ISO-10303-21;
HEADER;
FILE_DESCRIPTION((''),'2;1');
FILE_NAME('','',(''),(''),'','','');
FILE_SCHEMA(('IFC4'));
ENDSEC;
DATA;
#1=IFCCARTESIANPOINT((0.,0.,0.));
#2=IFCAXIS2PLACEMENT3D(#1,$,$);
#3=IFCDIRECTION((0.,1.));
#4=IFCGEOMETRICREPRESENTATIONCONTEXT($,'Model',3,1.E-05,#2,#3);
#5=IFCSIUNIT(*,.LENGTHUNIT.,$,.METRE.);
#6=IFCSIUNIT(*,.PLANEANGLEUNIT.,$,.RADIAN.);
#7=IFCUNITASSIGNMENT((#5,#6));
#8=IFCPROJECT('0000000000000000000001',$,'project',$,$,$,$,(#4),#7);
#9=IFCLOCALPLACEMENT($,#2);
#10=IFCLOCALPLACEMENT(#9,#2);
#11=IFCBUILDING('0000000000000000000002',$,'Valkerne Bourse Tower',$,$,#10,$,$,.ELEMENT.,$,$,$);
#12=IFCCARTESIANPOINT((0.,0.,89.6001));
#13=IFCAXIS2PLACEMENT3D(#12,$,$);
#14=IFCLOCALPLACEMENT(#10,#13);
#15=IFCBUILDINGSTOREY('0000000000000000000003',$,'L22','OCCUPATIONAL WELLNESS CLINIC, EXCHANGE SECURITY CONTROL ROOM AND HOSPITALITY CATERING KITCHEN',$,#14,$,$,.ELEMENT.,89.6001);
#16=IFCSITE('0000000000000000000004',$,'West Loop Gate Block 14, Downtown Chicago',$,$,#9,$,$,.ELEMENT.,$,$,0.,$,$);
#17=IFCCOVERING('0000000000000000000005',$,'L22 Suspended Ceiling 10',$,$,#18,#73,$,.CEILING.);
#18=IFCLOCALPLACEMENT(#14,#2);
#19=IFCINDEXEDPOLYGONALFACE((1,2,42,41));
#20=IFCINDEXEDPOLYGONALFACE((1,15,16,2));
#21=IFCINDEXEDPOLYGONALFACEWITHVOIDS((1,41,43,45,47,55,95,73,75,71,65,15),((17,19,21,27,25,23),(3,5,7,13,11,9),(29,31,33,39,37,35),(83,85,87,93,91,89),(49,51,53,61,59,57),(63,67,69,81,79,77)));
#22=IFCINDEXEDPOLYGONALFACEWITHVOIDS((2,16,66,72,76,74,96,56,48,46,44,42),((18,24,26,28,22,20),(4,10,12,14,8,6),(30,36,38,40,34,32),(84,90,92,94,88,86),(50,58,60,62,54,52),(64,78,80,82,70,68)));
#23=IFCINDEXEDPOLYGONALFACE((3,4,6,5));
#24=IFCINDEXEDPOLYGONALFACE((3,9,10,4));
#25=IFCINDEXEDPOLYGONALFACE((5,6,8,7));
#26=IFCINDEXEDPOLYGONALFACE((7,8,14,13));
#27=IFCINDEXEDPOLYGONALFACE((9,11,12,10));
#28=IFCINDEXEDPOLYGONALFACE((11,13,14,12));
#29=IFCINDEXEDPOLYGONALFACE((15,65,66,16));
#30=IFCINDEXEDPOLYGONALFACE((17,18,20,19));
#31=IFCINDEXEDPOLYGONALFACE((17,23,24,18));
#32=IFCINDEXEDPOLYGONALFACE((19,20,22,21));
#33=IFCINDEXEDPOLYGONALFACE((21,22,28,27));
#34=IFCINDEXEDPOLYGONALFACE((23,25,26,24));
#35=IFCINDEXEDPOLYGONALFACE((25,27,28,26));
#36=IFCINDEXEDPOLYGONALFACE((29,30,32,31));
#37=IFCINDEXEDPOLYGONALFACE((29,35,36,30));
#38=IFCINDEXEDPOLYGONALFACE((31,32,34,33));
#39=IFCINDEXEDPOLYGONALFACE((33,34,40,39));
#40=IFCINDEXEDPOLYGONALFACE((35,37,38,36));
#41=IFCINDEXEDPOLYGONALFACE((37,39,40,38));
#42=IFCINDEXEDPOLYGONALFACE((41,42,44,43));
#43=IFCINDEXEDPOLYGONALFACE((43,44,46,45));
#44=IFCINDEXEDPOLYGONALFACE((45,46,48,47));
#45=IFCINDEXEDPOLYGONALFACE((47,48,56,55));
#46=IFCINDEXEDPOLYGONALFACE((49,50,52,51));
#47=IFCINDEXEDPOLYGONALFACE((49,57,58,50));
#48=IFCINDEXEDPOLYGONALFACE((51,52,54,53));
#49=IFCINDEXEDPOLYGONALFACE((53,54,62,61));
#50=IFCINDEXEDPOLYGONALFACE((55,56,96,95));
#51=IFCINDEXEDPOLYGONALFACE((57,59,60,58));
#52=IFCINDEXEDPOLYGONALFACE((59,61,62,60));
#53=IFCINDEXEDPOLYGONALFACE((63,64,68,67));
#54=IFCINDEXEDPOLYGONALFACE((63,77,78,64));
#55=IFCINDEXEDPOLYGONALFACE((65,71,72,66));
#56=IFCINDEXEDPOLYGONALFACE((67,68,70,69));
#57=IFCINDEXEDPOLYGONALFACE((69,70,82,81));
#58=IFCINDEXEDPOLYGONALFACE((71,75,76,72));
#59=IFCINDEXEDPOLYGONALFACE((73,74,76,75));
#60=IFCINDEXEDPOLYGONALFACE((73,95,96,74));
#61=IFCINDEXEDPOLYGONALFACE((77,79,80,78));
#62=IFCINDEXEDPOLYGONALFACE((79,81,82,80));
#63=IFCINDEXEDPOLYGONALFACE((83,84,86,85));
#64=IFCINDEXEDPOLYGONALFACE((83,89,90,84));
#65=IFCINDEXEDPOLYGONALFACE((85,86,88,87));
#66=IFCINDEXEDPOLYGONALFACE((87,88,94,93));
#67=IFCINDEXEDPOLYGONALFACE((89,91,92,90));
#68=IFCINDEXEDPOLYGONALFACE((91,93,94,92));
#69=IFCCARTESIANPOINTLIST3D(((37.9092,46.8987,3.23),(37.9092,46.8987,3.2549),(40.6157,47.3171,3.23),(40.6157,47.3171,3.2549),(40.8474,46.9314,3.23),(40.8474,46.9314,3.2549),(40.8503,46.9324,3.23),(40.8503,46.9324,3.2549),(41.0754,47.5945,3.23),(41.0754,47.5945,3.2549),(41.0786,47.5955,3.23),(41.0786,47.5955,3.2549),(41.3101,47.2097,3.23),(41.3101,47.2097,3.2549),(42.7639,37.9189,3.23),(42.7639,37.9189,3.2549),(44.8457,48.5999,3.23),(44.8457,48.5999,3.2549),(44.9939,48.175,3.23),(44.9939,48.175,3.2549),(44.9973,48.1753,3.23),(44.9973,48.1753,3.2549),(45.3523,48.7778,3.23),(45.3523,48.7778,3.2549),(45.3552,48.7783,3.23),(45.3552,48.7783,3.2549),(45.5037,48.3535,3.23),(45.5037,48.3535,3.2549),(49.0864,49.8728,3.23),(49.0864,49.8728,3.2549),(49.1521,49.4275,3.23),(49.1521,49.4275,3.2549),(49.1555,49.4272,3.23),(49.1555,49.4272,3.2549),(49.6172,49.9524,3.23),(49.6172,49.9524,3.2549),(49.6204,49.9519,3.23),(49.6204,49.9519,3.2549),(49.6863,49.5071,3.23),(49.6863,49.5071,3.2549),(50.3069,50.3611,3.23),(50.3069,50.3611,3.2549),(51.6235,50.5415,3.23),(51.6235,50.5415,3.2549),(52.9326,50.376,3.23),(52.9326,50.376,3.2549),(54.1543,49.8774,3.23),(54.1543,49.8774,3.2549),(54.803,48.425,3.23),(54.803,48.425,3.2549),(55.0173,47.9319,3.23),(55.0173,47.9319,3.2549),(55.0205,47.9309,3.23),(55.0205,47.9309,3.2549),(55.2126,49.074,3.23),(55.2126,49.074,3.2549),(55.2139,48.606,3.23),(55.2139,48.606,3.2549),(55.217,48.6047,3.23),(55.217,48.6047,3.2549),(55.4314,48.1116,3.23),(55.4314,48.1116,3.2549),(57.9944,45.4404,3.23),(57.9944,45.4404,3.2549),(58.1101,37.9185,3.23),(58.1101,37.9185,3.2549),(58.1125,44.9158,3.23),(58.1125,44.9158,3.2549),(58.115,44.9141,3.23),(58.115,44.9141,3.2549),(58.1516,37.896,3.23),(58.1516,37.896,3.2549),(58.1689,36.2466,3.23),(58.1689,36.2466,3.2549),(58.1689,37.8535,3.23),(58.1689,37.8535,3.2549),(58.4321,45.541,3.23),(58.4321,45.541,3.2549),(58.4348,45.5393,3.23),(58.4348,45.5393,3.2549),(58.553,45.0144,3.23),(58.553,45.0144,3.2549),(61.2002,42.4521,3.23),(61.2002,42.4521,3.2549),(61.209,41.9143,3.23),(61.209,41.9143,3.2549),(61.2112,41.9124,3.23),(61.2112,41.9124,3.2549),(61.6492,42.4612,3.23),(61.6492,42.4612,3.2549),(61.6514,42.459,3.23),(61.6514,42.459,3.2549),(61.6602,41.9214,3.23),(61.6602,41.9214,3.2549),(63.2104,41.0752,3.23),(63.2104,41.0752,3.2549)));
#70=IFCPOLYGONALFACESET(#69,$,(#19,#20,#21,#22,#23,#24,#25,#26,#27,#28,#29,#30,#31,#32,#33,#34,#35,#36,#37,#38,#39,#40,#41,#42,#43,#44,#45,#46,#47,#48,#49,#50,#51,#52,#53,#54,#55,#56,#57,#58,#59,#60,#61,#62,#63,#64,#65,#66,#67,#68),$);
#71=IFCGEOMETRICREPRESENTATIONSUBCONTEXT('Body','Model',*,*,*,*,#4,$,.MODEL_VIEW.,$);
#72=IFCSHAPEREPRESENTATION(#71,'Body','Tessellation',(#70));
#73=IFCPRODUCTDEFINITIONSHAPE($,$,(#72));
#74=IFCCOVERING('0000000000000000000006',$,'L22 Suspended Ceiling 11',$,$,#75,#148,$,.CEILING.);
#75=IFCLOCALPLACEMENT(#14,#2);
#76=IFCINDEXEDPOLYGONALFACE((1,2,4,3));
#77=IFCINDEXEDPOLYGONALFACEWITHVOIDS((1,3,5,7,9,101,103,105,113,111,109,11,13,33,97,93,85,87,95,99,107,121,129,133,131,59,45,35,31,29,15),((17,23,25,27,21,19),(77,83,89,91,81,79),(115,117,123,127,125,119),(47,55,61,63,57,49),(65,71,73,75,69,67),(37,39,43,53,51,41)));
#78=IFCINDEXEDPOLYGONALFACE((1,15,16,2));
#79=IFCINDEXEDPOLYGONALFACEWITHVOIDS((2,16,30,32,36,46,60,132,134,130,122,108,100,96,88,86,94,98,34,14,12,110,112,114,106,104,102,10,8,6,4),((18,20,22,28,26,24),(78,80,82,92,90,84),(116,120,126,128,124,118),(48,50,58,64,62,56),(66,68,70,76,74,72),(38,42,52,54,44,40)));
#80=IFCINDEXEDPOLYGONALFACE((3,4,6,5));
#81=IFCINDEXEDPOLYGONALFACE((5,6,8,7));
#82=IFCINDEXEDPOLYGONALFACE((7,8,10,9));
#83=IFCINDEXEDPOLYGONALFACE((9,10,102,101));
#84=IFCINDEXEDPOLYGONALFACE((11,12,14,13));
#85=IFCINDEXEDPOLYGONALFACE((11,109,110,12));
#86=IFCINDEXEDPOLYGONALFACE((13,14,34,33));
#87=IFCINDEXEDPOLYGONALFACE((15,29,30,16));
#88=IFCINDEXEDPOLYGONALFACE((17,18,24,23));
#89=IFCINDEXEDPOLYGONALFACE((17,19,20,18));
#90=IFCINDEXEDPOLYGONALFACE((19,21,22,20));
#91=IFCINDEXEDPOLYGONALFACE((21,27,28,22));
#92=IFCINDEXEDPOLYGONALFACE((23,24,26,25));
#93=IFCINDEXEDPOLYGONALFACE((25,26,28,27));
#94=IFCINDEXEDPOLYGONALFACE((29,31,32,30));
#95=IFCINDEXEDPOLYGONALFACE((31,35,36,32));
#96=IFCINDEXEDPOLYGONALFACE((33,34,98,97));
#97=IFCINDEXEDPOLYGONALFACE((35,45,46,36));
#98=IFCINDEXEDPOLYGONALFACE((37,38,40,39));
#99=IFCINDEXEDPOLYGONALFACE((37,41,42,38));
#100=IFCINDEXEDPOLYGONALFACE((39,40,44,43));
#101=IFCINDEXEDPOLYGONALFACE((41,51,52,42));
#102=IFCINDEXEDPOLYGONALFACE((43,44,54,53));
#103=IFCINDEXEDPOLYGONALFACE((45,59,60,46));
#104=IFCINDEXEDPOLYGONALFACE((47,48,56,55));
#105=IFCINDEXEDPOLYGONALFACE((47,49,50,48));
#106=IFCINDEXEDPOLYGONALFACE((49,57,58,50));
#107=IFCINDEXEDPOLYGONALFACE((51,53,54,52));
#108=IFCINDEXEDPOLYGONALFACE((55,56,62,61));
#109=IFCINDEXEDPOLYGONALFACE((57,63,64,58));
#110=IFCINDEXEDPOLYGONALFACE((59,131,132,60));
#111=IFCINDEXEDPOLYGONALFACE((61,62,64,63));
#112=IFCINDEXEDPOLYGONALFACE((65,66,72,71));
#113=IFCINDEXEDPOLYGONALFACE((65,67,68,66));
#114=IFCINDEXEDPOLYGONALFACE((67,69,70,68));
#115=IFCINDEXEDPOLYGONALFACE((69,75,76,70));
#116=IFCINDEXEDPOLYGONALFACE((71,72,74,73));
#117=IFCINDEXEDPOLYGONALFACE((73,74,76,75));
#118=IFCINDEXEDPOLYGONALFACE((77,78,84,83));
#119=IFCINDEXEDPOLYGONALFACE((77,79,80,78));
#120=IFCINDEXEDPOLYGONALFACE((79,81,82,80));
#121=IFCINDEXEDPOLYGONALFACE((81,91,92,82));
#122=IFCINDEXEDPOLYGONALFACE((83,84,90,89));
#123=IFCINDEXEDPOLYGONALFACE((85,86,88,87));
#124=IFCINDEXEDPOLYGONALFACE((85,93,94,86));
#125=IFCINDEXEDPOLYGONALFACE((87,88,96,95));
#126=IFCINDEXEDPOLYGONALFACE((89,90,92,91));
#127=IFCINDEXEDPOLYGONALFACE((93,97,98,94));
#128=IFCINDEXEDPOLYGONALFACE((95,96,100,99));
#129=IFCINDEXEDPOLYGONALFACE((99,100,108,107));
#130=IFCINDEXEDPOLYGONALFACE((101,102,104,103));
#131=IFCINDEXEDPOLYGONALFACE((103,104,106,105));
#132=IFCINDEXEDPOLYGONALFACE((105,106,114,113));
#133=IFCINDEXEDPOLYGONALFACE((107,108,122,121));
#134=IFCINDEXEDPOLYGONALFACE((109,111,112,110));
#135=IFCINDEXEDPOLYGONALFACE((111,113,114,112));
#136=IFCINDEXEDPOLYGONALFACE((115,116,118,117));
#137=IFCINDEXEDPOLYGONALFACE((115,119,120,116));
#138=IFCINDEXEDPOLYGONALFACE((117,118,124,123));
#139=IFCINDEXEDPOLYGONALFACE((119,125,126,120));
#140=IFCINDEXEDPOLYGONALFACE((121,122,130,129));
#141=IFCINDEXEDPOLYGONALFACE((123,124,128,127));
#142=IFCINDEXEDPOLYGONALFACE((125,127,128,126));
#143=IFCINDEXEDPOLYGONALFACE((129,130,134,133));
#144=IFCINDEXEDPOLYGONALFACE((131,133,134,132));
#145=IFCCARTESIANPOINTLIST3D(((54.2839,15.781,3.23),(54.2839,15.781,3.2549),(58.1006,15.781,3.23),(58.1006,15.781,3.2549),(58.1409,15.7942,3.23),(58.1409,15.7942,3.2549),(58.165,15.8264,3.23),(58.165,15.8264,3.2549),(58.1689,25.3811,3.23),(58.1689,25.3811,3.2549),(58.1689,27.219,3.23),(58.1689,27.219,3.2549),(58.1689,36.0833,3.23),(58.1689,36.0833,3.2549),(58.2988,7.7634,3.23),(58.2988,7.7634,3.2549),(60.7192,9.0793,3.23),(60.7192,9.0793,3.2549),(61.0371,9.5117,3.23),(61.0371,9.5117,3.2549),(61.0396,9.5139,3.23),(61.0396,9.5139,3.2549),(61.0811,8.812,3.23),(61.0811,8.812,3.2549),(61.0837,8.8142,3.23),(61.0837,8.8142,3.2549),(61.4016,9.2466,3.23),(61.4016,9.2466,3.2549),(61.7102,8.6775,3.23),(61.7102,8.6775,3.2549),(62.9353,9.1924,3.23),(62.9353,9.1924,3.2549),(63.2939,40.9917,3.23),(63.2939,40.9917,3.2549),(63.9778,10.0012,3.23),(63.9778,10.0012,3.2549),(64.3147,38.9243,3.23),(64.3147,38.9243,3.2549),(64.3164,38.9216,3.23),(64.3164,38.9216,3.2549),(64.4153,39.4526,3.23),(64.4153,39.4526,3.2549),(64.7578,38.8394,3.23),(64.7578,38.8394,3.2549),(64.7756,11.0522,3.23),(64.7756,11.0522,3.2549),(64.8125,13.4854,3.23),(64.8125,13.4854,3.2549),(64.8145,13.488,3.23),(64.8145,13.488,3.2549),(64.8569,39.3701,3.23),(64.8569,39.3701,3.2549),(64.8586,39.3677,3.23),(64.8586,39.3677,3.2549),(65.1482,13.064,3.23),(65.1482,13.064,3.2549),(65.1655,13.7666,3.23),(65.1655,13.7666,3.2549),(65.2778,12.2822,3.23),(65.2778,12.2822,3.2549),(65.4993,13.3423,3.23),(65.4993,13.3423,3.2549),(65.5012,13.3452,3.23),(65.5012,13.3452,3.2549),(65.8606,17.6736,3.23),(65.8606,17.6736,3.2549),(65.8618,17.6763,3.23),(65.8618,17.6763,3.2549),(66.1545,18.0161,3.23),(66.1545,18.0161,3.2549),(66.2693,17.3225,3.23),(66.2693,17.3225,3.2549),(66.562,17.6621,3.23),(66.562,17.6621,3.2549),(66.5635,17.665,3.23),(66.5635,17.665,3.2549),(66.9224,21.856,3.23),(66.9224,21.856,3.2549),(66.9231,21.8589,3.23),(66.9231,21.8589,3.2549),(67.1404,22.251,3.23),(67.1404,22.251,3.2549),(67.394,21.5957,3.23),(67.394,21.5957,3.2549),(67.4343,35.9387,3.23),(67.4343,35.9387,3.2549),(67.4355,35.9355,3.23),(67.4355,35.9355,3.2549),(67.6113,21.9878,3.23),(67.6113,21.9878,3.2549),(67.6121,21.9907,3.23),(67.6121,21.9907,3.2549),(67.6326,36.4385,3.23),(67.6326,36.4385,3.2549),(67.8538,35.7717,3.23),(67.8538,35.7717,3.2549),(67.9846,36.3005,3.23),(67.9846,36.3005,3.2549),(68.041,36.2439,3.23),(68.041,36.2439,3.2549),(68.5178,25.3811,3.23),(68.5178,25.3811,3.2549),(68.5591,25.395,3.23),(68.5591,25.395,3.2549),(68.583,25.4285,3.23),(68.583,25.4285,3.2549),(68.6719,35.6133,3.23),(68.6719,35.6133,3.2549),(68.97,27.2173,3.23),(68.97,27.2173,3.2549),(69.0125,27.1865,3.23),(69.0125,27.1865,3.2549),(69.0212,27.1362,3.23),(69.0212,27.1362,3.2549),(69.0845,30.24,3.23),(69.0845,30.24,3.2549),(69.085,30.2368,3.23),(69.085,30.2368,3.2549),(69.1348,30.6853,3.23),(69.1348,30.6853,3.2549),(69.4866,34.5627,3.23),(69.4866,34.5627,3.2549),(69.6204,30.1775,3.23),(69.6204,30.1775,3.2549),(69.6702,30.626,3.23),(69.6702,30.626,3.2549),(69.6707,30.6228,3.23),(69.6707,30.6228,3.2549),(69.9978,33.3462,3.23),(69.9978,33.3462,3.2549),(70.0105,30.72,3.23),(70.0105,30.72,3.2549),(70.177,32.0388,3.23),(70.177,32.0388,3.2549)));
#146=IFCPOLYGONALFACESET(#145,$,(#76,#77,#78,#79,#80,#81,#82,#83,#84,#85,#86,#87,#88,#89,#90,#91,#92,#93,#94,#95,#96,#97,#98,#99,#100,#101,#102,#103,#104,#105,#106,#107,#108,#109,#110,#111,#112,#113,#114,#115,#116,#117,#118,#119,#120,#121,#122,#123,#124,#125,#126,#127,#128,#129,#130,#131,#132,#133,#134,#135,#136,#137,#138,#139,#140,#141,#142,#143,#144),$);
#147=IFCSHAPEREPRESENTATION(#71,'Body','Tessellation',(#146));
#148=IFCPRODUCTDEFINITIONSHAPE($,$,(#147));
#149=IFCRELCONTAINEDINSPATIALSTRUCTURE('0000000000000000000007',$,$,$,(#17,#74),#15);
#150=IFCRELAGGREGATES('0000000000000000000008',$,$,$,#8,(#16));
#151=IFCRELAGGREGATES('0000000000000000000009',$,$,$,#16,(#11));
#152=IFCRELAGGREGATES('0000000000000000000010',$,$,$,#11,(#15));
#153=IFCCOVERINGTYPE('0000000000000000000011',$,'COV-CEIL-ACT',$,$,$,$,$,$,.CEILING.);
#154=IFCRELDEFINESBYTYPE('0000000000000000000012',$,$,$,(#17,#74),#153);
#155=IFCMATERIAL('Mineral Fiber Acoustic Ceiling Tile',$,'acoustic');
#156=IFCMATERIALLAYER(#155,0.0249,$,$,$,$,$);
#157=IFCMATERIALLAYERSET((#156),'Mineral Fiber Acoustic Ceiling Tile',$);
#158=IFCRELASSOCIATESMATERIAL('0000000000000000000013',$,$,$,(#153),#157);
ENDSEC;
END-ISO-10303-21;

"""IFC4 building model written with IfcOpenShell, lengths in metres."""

from ifc_helpers import new_model, si_unit, direction, frame, origin, place, context, subcontext, project, spatial, polyline, outline, extrude, material, layer, layer_set, type_object, element, save


model = new_model("IFC4")

# Units and contexts
model_context = context("Model", 3, precision=1e-05, world=origin(), true_north=direction((0.0, 1.0)))
body_context = subcontext(model_context, "Body", "Model", "MODEL_VIEW")
ifc_project = project(units=[si_unit("LENGTHUNIT", "METRE"), si_unit("PLANEANGLEUNIT", "RADIAN")], contexts=[model_context])

# Site, building, storey
site_placement = place(None, origin())
site = spatial("IfcSite", under=ifc_project, at=site_placement, Name="West Loop Gate Block 14, Downtown Chicago", CompositionType="ELEMENT", RefElevation=0.0)
building_placement = place(site_placement, origin())
building = spatial("IfcBuilding", under=site, at=building_placement, Name="Valkerne Bourse Tower", CompositionType="ELEMENT")
storey_placement = place(building_placement, frame((0.0, 0.0, 89.6001)))
storey = spatial("IfcBuildingStorey", under=building, at=storey_placement, Name="L22", Description="OCCUPATIONAL WELLNESS CLINIC, EXCHANGE SECURITY CONTROL ROOM AND HOSPITALITY CATERING KITCHEN", CompositionType="ELEMENT", Elevation=89.6001)

# Coverings
ifc_material_1 = material(Name="Mineral Fiber Acoustic Ceiling Tile", Category="acoustic")
ifc_layer_1 = layer(ifc_material_1, 0.0249)
ifc_layer_set_1 = layer_set([ifc_layer_1], Name="Mineral Fiber Acoustic Ceiling Tile")
covering_type_1 = type_object("IfcCoveringType", Name="COV-CEIL-ACT", PredefinedType="CEILING", material=ifc_layer_set_1)
covering_1_placement = place(storey_placement, frame((0.0, 0.0, 3.23)))
element("IfcCovering", 1, at=covering_1_placement, inside=storey, type_object=covering_type_1, Name="L22 Suspended Ceiling 10", PredefinedType="CEILING", context=body_context, shape_type="SweptSolid", body=[
    extrude(outline(polyline([(52.9326, 50.376), (54.1543, 49.8774), (55.2126, 49.074), (63.2104, 41.0752), (58.1689, 36.2466), (58.1689, 37.8535), (58.1516, 37.896), (58.1101, 37.9185), (42.7639, 37.9189), (37.9092, 46.8987), (50.3069, 50.3611), (51.6235, 50.5415), (52.9326, 50.376)]), holes=[polyline([(41.3101, 47.2097), (41.0786, 47.5955), (41.0754, 47.5945), (40.6157, 47.3171), (40.8474, 46.9314), (40.8503, 46.9324), (41.3101, 47.2097)]), polyline([(45.5037, 48.3535), (45.3552, 48.7783), (45.3523, 48.7778), (44.8457, 48.5999), (44.9939, 48.175), (44.9973, 48.1753), (45.5037, 48.3535)]), polyline([(49.6204, 49.9519), (49.6172, 49.9524), (49.0864, 49.8728), (49.1521, 49.4275), (49.1555, 49.4272), (49.6863, 49.5071), (49.6204, 49.9519)]), polyline([(61.6602, 41.9214), (61.6514, 42.459), (61.6492, 42.4612), (61.2002, 42.4521), (61.209, 41.9143), (61.2112, 41.9124), (61.6602, 41.9214)]), polyline([(58.4348, 45.5393), (58.4321, 45.541), (57.9944, 45.4404), (58.1125, 44.9158), (58.115, 44.9141), (58.553, 45.0144), (58.4348, 45.5393)]), polyline([(55.4314, 48.1116), (55.217, 48.6047), (55.2139, 48.606), (54.803, 48.425), (55.0173, 47.9319), (55.0205, 47.9309), (55.4314, 48.1116)])]), origin(), (0.0, 0.0, 1.0), 0.0249),
])
covering_2_placement = place(storey_placement, frame((0.0, 0.0, 3.23)))
element("IfcCovering", 2, at=covering_2_placement, inside=storey, type_object=covering_type_1, Name="L22 Suspended Ceiling 11", PredefinedType="CEILING", context=body_context, shape_type="SweptSolid", body=[
    extrude(outline(polyline([(62.9353, 9.1924), (61.7102, 8.6775), (58.2988, 7.7634), (54.2839, 15.781), (58.1006, 15.781), (58.1409, 15.7942), (58.165, 15.8264), (58.1689, 25.3811), (68.5178, 25.3811), (68.5591, 25.395), (68.583, 25.4285), (69.0212, 27.1362), (69.0125, 27.1865), (68.97, 27.2173), (58.1689, 27.219), (58.1689, 36.0833), (63.2939, 40.9917), (67.9846, 36.3005), (67.6326, 36.4385), (67.4343, 35.9387), (67.4355, 35.9355), (67.8538, 35.7717), (68.041, 36.2439), (68.6719, 35.6133), (69.4866, 34.5627), (69.9978, 33.3462), (70.177, 32.0388), (70.0105, 30.72), (65.2778, 12.2822), (64.7756, 11.0522), (63.9778, 10.0012), (62.9353, 9.1924)]), holes=[polyline([(61.0837, 8.8142), (61.4016, 9.2466), (61.0396, 9.5139), (61.0371, 9.5117), (60.7192, 9.0793), (61.0811, 8.812), (61.0837, 8.8142)]), polyline([(65.5012, 13.3452), (65.1655, 13.7666), (64.8145, 13.488), (64.8125, 13.4854), (65.1482, 13.064), (65.4993, 13.3423), (65.5012, 13.3452)]), polyline([(66.5635, 17.665), (66.1545, 18.0161), (65.8618, 17.6763), (65.8606, 17.6736), (66.2693, 17.3225), (66.562, 17.6621), (66.5635, 17.665)]), polyline([(67.6121, 21.9907), (67.1404, 22.251), (66.9231, 21.8589), (66.9224, 21.856), (67.394, 21.5957), (67.6113, 21.9878), (67.6121, 21.9907)]), polyline([(69.6707, 30.6228), (69.6702, 30.626), (69.1348, 30.6853), (69.0845, 30.24), (69.085, 30.2368), (69.6204, 30.1775), (69.6707, 30.6228)]), polyline([(64.8586, 39.3677), (64.8569, 39.3701), (64.4153, 39.4526), (64.3147, 38.9243), (64.3164, 38.9216), (64.7578, 38.8394), (64.8586, 39.3677)])]), origin(), (0.0, 0.0, 1.0), 0.0249),
])

save(model, "model.ifc")
